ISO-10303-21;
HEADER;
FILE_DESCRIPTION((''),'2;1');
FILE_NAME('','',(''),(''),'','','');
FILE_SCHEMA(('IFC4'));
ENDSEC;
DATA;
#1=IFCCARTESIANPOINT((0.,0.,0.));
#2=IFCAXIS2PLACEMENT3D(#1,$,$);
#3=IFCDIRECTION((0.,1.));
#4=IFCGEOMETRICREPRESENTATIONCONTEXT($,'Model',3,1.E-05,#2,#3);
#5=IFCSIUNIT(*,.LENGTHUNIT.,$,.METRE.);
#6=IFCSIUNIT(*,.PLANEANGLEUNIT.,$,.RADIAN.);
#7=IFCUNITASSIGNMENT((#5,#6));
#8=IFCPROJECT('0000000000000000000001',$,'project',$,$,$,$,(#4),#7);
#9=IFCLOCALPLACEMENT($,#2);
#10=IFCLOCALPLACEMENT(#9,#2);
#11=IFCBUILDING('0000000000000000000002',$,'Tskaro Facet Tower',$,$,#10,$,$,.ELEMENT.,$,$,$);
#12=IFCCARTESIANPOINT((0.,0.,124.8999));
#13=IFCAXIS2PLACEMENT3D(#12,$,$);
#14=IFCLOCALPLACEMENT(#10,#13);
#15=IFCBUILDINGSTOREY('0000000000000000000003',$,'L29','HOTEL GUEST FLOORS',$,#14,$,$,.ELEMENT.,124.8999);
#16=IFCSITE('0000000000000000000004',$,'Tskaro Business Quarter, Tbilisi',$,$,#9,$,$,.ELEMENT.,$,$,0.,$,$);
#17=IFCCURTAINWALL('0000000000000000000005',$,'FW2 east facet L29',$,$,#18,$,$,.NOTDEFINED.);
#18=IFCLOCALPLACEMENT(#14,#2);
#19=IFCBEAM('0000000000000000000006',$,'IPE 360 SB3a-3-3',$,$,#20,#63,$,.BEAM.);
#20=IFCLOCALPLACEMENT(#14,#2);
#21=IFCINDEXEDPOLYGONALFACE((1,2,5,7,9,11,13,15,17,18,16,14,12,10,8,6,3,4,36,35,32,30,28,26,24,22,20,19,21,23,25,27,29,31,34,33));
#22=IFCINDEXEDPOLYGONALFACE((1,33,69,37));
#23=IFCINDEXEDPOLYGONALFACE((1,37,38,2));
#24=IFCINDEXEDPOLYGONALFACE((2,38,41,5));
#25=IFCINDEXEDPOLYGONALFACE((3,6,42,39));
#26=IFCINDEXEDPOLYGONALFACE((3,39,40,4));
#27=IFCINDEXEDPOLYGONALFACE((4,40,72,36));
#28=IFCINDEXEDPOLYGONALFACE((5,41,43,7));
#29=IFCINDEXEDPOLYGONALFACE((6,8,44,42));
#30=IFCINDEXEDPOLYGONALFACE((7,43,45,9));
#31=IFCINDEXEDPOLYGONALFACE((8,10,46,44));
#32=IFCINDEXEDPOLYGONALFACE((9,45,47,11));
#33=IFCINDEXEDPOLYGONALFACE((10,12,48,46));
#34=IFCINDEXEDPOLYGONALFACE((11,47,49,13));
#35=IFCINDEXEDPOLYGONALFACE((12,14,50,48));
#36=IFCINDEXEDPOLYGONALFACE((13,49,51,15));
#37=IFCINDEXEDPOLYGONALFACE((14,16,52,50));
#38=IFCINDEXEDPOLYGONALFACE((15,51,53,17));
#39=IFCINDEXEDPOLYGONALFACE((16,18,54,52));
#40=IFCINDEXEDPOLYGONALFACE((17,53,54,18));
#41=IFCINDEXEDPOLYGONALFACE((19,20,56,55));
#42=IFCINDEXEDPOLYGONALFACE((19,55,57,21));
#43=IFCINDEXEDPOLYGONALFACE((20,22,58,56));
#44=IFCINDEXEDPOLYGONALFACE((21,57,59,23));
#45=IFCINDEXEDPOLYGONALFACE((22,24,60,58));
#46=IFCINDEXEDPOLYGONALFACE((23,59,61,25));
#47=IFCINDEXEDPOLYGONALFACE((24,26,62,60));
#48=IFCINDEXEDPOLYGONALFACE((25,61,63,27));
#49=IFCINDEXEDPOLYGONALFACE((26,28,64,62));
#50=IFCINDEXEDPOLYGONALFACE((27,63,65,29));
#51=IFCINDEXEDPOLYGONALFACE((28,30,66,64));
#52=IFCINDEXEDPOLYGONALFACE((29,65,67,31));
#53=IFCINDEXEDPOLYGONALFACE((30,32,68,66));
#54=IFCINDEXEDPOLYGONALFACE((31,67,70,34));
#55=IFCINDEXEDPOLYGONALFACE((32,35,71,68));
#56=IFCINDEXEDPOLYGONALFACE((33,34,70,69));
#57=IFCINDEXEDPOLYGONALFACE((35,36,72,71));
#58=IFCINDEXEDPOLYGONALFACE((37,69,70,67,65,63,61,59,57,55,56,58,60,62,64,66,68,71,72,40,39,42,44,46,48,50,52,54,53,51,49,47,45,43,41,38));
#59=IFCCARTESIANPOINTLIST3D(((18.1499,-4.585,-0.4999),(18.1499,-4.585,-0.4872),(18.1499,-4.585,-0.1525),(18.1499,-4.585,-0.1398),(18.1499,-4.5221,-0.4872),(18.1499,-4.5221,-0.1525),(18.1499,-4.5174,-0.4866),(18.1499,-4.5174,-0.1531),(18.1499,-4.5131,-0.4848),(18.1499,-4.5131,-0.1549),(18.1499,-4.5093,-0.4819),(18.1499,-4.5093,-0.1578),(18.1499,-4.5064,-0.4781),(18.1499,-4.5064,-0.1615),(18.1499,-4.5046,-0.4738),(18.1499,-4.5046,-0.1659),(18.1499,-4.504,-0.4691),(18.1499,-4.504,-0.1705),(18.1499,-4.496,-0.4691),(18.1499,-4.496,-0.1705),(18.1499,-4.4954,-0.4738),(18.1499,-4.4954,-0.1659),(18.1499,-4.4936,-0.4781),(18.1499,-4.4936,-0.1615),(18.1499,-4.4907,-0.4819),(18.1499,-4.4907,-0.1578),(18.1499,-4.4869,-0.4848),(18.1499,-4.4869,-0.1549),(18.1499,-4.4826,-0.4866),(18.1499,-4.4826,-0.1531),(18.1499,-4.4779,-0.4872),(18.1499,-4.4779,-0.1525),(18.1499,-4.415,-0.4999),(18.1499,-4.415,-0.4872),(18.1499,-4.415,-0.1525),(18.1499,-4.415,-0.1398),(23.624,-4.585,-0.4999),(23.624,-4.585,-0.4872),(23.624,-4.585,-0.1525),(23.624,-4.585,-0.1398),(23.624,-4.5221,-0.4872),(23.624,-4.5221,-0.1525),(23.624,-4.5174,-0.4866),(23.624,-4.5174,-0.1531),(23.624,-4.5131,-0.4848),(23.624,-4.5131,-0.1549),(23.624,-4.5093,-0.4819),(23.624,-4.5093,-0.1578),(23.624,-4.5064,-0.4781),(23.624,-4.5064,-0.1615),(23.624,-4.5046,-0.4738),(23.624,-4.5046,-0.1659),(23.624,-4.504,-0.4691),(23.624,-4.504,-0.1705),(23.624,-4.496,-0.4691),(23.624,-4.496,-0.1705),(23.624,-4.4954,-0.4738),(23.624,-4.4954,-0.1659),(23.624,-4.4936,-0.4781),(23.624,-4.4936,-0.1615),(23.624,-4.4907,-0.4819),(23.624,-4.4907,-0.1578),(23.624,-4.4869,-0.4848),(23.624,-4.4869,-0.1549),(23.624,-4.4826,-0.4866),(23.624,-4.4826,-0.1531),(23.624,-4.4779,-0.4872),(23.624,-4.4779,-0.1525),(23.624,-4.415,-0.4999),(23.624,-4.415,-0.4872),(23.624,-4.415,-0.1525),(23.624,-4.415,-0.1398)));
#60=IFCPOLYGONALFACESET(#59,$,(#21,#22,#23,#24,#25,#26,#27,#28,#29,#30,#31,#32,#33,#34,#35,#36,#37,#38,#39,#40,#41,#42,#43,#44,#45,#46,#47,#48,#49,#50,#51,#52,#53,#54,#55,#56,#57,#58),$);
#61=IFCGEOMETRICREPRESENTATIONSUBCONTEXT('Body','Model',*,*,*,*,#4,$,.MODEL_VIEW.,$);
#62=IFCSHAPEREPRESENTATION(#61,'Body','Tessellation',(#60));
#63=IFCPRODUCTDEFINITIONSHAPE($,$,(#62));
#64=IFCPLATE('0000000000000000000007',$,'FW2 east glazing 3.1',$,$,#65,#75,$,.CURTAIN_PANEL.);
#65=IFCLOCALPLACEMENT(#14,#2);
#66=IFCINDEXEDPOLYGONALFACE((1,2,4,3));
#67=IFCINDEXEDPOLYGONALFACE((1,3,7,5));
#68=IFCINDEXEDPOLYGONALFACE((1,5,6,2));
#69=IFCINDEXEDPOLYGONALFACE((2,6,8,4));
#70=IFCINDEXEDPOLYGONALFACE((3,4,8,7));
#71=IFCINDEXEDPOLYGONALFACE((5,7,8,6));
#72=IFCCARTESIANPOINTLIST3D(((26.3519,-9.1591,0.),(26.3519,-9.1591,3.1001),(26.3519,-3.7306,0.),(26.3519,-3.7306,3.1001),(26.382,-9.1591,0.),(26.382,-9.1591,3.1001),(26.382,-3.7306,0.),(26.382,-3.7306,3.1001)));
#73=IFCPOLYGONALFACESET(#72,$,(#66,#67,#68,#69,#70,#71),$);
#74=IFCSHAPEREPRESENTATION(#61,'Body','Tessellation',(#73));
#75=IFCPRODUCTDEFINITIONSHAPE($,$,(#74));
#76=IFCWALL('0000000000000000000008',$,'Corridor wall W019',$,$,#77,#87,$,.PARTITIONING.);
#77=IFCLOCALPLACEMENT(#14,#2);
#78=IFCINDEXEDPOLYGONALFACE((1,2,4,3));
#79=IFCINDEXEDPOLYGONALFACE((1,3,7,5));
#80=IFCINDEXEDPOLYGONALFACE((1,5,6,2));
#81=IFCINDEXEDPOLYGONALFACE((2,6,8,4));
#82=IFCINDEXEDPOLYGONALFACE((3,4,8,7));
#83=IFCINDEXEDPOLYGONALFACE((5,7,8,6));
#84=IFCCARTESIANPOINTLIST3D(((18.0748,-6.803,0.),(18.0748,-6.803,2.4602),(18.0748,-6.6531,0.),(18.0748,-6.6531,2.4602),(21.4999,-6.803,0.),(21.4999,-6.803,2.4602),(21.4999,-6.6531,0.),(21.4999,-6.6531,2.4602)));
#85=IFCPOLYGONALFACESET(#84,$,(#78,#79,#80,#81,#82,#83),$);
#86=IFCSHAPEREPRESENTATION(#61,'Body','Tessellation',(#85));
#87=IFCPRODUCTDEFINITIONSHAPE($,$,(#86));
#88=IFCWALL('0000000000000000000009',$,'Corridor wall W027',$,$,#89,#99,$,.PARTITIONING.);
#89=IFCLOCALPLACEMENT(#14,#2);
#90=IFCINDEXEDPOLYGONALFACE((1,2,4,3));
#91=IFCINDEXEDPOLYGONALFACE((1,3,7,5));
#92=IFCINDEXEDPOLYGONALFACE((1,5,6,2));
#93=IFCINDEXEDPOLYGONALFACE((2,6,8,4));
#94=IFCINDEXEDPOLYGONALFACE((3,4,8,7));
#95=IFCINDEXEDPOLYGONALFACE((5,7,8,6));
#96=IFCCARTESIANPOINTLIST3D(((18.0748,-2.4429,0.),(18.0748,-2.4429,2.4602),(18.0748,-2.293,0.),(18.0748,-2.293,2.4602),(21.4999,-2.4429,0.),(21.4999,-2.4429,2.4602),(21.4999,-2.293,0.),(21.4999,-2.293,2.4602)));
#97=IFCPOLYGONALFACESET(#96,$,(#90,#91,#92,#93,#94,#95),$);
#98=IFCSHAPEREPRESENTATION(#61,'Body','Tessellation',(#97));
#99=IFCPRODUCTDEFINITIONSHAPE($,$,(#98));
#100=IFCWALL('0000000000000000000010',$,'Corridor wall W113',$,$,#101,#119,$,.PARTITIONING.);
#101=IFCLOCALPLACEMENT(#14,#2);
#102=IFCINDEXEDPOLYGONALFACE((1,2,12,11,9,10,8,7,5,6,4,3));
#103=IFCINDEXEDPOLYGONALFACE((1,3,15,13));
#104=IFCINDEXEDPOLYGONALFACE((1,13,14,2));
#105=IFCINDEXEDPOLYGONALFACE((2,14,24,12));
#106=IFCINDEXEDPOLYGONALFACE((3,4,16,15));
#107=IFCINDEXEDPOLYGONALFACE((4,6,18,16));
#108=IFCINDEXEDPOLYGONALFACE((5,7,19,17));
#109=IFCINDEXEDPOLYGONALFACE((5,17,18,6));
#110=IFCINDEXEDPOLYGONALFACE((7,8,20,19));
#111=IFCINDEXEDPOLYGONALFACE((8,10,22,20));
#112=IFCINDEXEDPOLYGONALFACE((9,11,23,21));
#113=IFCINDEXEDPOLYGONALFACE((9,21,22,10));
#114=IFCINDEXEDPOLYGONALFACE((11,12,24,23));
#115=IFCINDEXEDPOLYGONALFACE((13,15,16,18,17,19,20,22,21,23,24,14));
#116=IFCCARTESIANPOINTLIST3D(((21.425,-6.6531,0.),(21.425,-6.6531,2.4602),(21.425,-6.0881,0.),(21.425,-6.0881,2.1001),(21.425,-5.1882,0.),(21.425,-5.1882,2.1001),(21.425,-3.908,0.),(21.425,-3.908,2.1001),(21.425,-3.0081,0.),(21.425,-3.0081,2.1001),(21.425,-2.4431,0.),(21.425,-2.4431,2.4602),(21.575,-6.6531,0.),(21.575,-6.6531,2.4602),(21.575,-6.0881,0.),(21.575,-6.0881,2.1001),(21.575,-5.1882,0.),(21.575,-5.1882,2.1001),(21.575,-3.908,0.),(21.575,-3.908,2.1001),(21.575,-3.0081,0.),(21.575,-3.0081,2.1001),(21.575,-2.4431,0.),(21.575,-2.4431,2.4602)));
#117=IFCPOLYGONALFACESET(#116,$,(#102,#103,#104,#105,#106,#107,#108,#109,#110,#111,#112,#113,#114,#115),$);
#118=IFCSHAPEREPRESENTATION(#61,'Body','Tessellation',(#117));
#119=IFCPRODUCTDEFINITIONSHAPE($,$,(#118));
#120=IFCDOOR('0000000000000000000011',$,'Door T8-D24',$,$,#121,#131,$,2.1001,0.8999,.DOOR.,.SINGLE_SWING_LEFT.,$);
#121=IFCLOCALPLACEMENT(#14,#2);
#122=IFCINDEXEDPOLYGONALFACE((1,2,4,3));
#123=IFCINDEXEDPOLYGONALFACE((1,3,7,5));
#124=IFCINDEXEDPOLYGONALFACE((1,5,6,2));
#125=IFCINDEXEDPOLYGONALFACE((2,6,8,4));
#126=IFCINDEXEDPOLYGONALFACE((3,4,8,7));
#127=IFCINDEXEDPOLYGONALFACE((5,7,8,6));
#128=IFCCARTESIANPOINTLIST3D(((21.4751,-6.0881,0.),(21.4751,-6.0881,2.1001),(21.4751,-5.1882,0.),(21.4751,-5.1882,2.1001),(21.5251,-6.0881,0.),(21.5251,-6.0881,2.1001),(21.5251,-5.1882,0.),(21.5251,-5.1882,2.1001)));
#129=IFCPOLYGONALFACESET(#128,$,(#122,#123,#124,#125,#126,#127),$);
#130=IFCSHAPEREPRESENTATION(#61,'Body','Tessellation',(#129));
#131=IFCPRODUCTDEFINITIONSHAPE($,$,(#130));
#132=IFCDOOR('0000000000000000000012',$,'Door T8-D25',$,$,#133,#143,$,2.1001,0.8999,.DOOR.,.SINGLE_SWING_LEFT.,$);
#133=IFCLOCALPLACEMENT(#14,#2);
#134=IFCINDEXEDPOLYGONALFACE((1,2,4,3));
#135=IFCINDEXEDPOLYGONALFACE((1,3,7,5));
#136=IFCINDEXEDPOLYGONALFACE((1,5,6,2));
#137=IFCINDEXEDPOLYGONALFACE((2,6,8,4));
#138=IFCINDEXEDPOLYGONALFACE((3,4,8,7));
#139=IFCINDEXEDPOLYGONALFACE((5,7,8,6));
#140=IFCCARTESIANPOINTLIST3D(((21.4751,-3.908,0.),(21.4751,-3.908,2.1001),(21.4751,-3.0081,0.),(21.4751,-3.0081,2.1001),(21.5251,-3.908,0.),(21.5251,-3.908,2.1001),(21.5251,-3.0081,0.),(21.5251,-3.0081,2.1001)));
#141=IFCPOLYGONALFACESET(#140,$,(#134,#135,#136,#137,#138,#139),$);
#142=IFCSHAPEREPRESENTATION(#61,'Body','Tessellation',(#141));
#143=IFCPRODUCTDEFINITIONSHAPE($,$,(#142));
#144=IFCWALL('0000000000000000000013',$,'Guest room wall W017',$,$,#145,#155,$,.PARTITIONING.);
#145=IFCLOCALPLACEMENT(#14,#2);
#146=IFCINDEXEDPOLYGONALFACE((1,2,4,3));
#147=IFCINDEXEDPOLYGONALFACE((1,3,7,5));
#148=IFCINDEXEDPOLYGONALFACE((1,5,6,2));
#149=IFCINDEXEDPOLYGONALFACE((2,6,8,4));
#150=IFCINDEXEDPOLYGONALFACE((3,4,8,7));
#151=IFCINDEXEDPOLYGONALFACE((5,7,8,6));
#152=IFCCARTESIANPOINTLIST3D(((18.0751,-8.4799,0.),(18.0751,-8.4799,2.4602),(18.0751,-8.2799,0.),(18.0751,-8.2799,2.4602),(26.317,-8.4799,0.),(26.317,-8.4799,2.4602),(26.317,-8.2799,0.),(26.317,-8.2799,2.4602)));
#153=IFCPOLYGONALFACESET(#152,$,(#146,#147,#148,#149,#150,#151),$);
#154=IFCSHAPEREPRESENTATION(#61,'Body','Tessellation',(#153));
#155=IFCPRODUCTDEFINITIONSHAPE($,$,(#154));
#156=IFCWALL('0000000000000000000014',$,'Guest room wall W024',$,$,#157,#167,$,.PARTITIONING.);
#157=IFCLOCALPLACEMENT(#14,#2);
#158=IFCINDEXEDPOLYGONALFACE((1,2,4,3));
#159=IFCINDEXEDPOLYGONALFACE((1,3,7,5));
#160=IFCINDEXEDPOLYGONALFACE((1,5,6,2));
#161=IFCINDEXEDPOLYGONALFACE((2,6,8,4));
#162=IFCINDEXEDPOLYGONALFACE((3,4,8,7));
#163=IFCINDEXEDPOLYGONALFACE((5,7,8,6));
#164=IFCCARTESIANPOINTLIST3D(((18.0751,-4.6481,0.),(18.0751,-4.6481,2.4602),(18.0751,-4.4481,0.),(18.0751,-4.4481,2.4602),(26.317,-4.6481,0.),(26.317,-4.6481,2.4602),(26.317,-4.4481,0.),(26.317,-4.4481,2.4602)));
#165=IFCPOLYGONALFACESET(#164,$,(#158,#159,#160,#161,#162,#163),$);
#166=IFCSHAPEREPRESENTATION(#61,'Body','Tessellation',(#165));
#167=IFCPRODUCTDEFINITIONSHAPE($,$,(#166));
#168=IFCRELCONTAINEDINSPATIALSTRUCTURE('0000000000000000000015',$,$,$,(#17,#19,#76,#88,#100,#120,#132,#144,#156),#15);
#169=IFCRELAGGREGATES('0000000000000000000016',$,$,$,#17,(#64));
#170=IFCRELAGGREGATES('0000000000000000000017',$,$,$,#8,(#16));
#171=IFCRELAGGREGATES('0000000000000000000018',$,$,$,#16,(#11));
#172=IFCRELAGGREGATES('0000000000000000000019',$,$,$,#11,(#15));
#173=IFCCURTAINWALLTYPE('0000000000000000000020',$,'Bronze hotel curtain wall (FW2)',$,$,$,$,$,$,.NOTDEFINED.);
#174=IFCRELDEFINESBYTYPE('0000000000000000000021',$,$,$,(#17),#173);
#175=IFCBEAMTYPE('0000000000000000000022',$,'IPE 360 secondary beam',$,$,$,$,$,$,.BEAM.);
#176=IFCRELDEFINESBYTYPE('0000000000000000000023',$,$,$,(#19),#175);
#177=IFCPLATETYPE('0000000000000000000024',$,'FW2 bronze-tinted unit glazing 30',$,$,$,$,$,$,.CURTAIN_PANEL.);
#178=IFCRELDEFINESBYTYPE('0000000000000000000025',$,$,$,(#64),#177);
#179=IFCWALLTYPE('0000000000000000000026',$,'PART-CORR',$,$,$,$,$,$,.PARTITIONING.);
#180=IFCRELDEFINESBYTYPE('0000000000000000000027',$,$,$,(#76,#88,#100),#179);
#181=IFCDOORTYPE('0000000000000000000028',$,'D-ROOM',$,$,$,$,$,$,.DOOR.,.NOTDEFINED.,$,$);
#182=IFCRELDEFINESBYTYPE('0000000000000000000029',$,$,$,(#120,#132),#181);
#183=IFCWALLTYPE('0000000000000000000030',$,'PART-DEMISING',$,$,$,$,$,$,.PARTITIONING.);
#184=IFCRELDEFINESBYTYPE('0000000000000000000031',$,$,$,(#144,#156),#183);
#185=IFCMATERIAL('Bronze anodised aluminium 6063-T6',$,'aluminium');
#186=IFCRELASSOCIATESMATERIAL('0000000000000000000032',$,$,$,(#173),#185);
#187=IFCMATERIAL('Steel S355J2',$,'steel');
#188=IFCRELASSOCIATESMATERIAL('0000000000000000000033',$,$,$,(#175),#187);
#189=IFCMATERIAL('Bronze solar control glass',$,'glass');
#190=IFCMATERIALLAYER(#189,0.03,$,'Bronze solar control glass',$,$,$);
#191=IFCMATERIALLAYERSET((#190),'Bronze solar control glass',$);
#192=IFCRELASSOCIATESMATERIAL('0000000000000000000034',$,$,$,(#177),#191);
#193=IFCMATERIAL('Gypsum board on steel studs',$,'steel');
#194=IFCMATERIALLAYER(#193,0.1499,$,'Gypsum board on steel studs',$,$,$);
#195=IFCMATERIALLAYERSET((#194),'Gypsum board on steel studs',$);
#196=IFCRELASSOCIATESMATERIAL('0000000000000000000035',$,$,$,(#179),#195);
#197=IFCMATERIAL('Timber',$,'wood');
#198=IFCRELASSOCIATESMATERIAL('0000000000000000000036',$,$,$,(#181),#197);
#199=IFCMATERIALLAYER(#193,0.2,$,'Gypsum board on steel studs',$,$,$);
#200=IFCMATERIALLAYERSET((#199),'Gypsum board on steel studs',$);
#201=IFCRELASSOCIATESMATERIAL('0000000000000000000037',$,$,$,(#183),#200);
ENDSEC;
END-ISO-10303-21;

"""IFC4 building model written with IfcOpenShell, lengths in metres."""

from ifc_helpers import new_model, si_unit, direction, frame, frame_2d, origin, origin_2d, place, context, subcontext, project, spatial, rectangle, i_section, extrude, material, layer, layer_set, material_profile, profile_set, type_object, element, fill, aggregate, save


model = new_model("IFC4")

# Units and contexts
model_context = context("Model", 3, precision=1e-05, world=origin(), true_north=direction((0.0, 1.0)))
body_context = subcontext(model_context, "Body", "Model", "MODEL_VIEW")
ifc_project = project(units=[si_unit("LENGTHUNIT", "METRE"), si_unit("PLANEANGLEUNIT", "RADIAN")], contexts=[model_context])

# Site, building, storey
site_placement = place(None, origin())
site = spatial("IfcSite", under=ifc_project, at=site_placement, Name="Tskaro Business Quarter, Tbilisi", CompositionType="ELEMENT", RefElevation=0.0)
building_placement = place(site_placement, origin())
building = spatial("IfcBuilding", under=site, at=building_placement, Name="Tskaro Facet Tower", CompositionType="ELEMENT")
storey_placement = place(building_placement, frame((0.0, 0.0, 124.8999)))
storey = spatial("IfcBuildingStorey", under=building, at=storey_placement, Name="L29", Description="HOTEL GUEST FLOORS", CompositionType="ELEMENT", Elevation=124.8999)

# Curtain wall
ifc_material_1 = material(Name="Bronze anodised aluminium 6063-T6", Category="aluminium")
curtain_wall_type = type_object("IfcCurtainWallType", Name="Bronze hotel curtain wall (FW2)", PredefinedType="NOTDEFINED", material=ifc_material_1)
curtain_wall_placement = place(storey_placement, origin())
curtain_wall = element("IfcCurtainWall", 1, at=curtain_wall_placement, inside=storey, type_object=curtain_wall_type, Name="FW2 east facet L29", PredefinedType="NOTDEFINED")

# Beam
ifc_material_2 = material(Name="Steel S355J2", Category="steel")
ifc_material_profile_1 = material_profile(ifc_material_2, i_section(OverallWidth=0.1699, OverallDepth=0.3601, WebThickness=0.0081, FlangeThickness=0.0127, FilletRadius=0.0181, at=origin_2d()), Name="IPE 360")
ifc_profile_set_1 = profile_set([ifc_material_profile_1], Name="Steel S355J2")
beam_type_1 = type_object("IfcBeamType", Name="IPE 360 secondary beam", PredefinedType="BEAM", material=ifc_profile_set_1)
beam_1_placement = place(storey_placement, frame((18.1499, -4.5, -0.3198), z_axis=(1.0, 0.0, 0.0), x_axis=(0.0, 1.0, 0.0)))
element("IfcBeam", 2, at=beam_1_placement, inside=storey, type_object=beam_type_1, Name="IPE 360 SB3a-3-3", PredefinedType="BEAM", context=body_context, shape_type="SweptSolid", body=[
    extrude(i_section(OverallWidth=0.1699, OverallDepth=0.3601, WebThickness=0.0081, FlangeThickness=0.0127, FilletRadius=0.0181, at=origin_2d()), origin(), (0.0, 0.0, 1.0), 5.4741),
])

# Plate
ifc_material_3 = material(Name="Bronze solar control glass", Category="glass")
ifc_layer_1 = layer(ifc_material_3, 0.03, Name="Bronze solar control glass")
ifc_layer_set_1 = layer_set([ifc_layer_1], Name="Bronze solar control glass")
plate_type = type_object("IfcPlateType", Name="FW2 bronze-tinted unit glazing 30", PredefinedType="CURTAIN_PANEL", material=ifc_layer_set_1)
plate_placement = place(storey_placement, frame((26.3669, -6.4448, 0.0), z_axis=(0.0, 0.0, 1.0), x_axis=(0.0, 1.0, 0.0)))
plate = element("IfcPlate", 3, at=plate_placement, type_object=plate_type, Name="FW2 east glazing 3.1", PredefinedType="CURTAIN_PANEL", context=body_context, shape_type="SweptSolid", body=[
    extrude(rectangle(XDim=5.4285, YDim=0.03, at=origin_2d()), origin(), (0.0, 0.0, 1.0), 3.1001),
])
aggregate(curtain_wall, [plate])

# Walls
ifc_material_4 = material(Name="Gypsum board on steel studs", Category="steel")
ifc_layer_2 = layer(ifc_material_4, 0.1499, Name="Gypsum board on steel studs")
ifc_layer_set_2 = layer_set([ifc_layer_2], Name="Gypsum board on steel studs")
wall_type_1 = type_object("IfcWallType", Name="PART-CORR", PredefinedType="PARTITIONING", material=ifc_layer_set_2)
for number, where, z_axis, x_axis, name in (
    (4, (18.075, -6.728, 0.0), (0.0, 0.0, 1.0), (1.0, 0.0, 0.0), "Corridor wall W019"),
    (5, (18.075, -2.3679, 0.0), (0.0, 0.0, 1.0), (1.0, 0.0, 0.0), "Corridor wall W027"),
):
    element("IfcWall", number, at=place(storey_placement, frame(where, z_axis=z_axis, x_axis=x_axis)), inside=storey, type_object=wall_type_1, Name=name, PredefinedType="PARTITIONING", context=body_context, shape_type="SweptSolid", body=[
        extrude(rectangle(XDim=3.425, YDim=0.1499, at=frame_2d((1.7124, 0.0))), origin(), (0.0, 0.0, 1.0), 2.4602),
    ])

# Wall, openings, doors
wall_placement = place(storey_placement, frame((21.5, -6.6531, 0.0), z_axis=(0.0, 0.0, 1.0), x_axis=(0.0, 1.0, 0.0)))
wall = element("IfcWall", 6, at=wall_placement, inside=storey, type_object=wall_type_1, Name="Corridor wall W113", PredefinedType="PARTITIONING", context=body_context, shape_type="SweptSolid", body=[
    extrude(rectangle(XDim=4.21, YDim=0.1499, at=frame_2d((2.105, 0.0))), origin(), (0.0, 0.0, 1.0), 2.4602),
])
opening_1_placement = place(wall_placement, frame((0.5649, 0.0, 0.0)))
opening_1 = element("IfcOpeningElement", 7, at=opening_1_placement, cuts=wall, PredefinedType="OPENING", context=body_context, shape_type="SweptSolid", body=[
    extrude(rectangle(XDim=0.8999, YDim=2.1001, at=frame_2d((0.45, 1.05))), frame((0.0, 0.085, 0.0), z_axis=(0.0, -1.0, 0.0), x_axis=(1.0, 0.0, 0.0)), (0.0, 0.0, 1.0), 0.1699),
])
opening_2_placement = place(wall_placement, frame((2.7451, 0.0, 0.0)))
opening_2 = element("IfcOpeningElement", 8, at=opening_2_placement, cuts=wall, PredefinedType="OPENING", context=body_context, shape_type="SweptSolid", body=[
    extrude(rectangle(XDim=0.8999, YDim=2.1001, at=frame_2d((0.45, 1.05))), frame((0.0, 0.085, 0.0), z_axis=(0.0, -1.0, 0.0), x_axis=(1.0, 0.0, 0.0)), (0.0, 0.0, 1.0), 0.1699),
])
ifc_material_5 = material(Name="Timber", Category="wood")
door_type = type_object("IfcDoorType", Name="D-ROOM", OperationType="NOTDEFINED", PredefinedType="DOOR", material=ifc_material_5)
door_1_placement = place(opening_1_placement, origin())
door_1 = element("IfcDoor", 9, at=door_1_placement, inside=storey, type_object=door_type, Name="Door T8-D24", OperationType="SINGLE_SWING_LEFT", OverallHeight=2.1001, OverallWidth=0.8999, PredefinedType="DOOR", context=body_context, shape_type="SweptSolid", body=[
    extrude(rectangle(XDim=0.8999, YDim=2.1001, at=frame_2d((0.45, 1.05))), frame((0.0, 0.0249, 0.0), z_axis=(0.0, -1.0, 0.0), x_axis=(1.0, 0.0, 0.0)), (0.0, 0.0, 1.0), 0.05),
])
fill(opening_1, door_1)
door_2_placement = place(opening_2_placement, origin())
door_2 = element("IfcDoor", 10, at=door_2_placement, inside=storey, type_object=door_type, Name="Door T8-D25", OperationType="SINGLE_SWING_LEFT", OverallHeight=2.1001, OverallWidth=0.8999, PredefinedType="DOOR", context=body_context, shape_type="SweptSolid", body=[
    extrude(rectangle(XDim=0.8999, YDim=2.1001, at=frame_2d((0.45, 1.05))), frame((0.0, 0.0249, 0.0), z_axis=(0.0, -1.0, 0.0), x_axis=(1.0, 0.0, 0.0)), (0.0, 0.0, 1.0), 0.05),
])
fill(opening_2, door_2)

# Walls
ifc_layer_3 = layer(ifc_material_4, 0.2, Name="Gypsum board on steel studs")
ifc_layer_set_3 = layer_set([ifc_layer_3], Name="Gypsum board on steel studs")
wall_type_2 = type_object("IfcWallType", Name="PART-DEMISING", PredefinedType="PARTITIONING", material=ifc_layer_set_3)
for number, where, z_axis, x_axis, name in (
    (11, (18.075, -8.3799, 0.0), (0.0, 0.0, 1.0), (1.0, 0.0, 0.0), "Guest room wall W017"),
    (12, (18.075, -4.5481, 0.0), (0.0, 0.0, 1.0), (1.0, 0.0, 0.0), "Guest room wall W024"),
):
    element("IfcWall", number, at=place(storey_placement, frame(where, z_axis=z_axis, x_axis=x_axis)), inside=storey, type_object=wall_type_2, Name=name, PredefinedType="PARTITIONING", context=body_context, shape_type="SweptSolid", body=[
        extrude(rectangle(XDim=8.2419, YDim=0.2, at=frame_2d((4.1211, 0.0))), origin(), (0.0, 0.0, 1.0), 2.4602),
    ])

save(model, "model.ifc")
